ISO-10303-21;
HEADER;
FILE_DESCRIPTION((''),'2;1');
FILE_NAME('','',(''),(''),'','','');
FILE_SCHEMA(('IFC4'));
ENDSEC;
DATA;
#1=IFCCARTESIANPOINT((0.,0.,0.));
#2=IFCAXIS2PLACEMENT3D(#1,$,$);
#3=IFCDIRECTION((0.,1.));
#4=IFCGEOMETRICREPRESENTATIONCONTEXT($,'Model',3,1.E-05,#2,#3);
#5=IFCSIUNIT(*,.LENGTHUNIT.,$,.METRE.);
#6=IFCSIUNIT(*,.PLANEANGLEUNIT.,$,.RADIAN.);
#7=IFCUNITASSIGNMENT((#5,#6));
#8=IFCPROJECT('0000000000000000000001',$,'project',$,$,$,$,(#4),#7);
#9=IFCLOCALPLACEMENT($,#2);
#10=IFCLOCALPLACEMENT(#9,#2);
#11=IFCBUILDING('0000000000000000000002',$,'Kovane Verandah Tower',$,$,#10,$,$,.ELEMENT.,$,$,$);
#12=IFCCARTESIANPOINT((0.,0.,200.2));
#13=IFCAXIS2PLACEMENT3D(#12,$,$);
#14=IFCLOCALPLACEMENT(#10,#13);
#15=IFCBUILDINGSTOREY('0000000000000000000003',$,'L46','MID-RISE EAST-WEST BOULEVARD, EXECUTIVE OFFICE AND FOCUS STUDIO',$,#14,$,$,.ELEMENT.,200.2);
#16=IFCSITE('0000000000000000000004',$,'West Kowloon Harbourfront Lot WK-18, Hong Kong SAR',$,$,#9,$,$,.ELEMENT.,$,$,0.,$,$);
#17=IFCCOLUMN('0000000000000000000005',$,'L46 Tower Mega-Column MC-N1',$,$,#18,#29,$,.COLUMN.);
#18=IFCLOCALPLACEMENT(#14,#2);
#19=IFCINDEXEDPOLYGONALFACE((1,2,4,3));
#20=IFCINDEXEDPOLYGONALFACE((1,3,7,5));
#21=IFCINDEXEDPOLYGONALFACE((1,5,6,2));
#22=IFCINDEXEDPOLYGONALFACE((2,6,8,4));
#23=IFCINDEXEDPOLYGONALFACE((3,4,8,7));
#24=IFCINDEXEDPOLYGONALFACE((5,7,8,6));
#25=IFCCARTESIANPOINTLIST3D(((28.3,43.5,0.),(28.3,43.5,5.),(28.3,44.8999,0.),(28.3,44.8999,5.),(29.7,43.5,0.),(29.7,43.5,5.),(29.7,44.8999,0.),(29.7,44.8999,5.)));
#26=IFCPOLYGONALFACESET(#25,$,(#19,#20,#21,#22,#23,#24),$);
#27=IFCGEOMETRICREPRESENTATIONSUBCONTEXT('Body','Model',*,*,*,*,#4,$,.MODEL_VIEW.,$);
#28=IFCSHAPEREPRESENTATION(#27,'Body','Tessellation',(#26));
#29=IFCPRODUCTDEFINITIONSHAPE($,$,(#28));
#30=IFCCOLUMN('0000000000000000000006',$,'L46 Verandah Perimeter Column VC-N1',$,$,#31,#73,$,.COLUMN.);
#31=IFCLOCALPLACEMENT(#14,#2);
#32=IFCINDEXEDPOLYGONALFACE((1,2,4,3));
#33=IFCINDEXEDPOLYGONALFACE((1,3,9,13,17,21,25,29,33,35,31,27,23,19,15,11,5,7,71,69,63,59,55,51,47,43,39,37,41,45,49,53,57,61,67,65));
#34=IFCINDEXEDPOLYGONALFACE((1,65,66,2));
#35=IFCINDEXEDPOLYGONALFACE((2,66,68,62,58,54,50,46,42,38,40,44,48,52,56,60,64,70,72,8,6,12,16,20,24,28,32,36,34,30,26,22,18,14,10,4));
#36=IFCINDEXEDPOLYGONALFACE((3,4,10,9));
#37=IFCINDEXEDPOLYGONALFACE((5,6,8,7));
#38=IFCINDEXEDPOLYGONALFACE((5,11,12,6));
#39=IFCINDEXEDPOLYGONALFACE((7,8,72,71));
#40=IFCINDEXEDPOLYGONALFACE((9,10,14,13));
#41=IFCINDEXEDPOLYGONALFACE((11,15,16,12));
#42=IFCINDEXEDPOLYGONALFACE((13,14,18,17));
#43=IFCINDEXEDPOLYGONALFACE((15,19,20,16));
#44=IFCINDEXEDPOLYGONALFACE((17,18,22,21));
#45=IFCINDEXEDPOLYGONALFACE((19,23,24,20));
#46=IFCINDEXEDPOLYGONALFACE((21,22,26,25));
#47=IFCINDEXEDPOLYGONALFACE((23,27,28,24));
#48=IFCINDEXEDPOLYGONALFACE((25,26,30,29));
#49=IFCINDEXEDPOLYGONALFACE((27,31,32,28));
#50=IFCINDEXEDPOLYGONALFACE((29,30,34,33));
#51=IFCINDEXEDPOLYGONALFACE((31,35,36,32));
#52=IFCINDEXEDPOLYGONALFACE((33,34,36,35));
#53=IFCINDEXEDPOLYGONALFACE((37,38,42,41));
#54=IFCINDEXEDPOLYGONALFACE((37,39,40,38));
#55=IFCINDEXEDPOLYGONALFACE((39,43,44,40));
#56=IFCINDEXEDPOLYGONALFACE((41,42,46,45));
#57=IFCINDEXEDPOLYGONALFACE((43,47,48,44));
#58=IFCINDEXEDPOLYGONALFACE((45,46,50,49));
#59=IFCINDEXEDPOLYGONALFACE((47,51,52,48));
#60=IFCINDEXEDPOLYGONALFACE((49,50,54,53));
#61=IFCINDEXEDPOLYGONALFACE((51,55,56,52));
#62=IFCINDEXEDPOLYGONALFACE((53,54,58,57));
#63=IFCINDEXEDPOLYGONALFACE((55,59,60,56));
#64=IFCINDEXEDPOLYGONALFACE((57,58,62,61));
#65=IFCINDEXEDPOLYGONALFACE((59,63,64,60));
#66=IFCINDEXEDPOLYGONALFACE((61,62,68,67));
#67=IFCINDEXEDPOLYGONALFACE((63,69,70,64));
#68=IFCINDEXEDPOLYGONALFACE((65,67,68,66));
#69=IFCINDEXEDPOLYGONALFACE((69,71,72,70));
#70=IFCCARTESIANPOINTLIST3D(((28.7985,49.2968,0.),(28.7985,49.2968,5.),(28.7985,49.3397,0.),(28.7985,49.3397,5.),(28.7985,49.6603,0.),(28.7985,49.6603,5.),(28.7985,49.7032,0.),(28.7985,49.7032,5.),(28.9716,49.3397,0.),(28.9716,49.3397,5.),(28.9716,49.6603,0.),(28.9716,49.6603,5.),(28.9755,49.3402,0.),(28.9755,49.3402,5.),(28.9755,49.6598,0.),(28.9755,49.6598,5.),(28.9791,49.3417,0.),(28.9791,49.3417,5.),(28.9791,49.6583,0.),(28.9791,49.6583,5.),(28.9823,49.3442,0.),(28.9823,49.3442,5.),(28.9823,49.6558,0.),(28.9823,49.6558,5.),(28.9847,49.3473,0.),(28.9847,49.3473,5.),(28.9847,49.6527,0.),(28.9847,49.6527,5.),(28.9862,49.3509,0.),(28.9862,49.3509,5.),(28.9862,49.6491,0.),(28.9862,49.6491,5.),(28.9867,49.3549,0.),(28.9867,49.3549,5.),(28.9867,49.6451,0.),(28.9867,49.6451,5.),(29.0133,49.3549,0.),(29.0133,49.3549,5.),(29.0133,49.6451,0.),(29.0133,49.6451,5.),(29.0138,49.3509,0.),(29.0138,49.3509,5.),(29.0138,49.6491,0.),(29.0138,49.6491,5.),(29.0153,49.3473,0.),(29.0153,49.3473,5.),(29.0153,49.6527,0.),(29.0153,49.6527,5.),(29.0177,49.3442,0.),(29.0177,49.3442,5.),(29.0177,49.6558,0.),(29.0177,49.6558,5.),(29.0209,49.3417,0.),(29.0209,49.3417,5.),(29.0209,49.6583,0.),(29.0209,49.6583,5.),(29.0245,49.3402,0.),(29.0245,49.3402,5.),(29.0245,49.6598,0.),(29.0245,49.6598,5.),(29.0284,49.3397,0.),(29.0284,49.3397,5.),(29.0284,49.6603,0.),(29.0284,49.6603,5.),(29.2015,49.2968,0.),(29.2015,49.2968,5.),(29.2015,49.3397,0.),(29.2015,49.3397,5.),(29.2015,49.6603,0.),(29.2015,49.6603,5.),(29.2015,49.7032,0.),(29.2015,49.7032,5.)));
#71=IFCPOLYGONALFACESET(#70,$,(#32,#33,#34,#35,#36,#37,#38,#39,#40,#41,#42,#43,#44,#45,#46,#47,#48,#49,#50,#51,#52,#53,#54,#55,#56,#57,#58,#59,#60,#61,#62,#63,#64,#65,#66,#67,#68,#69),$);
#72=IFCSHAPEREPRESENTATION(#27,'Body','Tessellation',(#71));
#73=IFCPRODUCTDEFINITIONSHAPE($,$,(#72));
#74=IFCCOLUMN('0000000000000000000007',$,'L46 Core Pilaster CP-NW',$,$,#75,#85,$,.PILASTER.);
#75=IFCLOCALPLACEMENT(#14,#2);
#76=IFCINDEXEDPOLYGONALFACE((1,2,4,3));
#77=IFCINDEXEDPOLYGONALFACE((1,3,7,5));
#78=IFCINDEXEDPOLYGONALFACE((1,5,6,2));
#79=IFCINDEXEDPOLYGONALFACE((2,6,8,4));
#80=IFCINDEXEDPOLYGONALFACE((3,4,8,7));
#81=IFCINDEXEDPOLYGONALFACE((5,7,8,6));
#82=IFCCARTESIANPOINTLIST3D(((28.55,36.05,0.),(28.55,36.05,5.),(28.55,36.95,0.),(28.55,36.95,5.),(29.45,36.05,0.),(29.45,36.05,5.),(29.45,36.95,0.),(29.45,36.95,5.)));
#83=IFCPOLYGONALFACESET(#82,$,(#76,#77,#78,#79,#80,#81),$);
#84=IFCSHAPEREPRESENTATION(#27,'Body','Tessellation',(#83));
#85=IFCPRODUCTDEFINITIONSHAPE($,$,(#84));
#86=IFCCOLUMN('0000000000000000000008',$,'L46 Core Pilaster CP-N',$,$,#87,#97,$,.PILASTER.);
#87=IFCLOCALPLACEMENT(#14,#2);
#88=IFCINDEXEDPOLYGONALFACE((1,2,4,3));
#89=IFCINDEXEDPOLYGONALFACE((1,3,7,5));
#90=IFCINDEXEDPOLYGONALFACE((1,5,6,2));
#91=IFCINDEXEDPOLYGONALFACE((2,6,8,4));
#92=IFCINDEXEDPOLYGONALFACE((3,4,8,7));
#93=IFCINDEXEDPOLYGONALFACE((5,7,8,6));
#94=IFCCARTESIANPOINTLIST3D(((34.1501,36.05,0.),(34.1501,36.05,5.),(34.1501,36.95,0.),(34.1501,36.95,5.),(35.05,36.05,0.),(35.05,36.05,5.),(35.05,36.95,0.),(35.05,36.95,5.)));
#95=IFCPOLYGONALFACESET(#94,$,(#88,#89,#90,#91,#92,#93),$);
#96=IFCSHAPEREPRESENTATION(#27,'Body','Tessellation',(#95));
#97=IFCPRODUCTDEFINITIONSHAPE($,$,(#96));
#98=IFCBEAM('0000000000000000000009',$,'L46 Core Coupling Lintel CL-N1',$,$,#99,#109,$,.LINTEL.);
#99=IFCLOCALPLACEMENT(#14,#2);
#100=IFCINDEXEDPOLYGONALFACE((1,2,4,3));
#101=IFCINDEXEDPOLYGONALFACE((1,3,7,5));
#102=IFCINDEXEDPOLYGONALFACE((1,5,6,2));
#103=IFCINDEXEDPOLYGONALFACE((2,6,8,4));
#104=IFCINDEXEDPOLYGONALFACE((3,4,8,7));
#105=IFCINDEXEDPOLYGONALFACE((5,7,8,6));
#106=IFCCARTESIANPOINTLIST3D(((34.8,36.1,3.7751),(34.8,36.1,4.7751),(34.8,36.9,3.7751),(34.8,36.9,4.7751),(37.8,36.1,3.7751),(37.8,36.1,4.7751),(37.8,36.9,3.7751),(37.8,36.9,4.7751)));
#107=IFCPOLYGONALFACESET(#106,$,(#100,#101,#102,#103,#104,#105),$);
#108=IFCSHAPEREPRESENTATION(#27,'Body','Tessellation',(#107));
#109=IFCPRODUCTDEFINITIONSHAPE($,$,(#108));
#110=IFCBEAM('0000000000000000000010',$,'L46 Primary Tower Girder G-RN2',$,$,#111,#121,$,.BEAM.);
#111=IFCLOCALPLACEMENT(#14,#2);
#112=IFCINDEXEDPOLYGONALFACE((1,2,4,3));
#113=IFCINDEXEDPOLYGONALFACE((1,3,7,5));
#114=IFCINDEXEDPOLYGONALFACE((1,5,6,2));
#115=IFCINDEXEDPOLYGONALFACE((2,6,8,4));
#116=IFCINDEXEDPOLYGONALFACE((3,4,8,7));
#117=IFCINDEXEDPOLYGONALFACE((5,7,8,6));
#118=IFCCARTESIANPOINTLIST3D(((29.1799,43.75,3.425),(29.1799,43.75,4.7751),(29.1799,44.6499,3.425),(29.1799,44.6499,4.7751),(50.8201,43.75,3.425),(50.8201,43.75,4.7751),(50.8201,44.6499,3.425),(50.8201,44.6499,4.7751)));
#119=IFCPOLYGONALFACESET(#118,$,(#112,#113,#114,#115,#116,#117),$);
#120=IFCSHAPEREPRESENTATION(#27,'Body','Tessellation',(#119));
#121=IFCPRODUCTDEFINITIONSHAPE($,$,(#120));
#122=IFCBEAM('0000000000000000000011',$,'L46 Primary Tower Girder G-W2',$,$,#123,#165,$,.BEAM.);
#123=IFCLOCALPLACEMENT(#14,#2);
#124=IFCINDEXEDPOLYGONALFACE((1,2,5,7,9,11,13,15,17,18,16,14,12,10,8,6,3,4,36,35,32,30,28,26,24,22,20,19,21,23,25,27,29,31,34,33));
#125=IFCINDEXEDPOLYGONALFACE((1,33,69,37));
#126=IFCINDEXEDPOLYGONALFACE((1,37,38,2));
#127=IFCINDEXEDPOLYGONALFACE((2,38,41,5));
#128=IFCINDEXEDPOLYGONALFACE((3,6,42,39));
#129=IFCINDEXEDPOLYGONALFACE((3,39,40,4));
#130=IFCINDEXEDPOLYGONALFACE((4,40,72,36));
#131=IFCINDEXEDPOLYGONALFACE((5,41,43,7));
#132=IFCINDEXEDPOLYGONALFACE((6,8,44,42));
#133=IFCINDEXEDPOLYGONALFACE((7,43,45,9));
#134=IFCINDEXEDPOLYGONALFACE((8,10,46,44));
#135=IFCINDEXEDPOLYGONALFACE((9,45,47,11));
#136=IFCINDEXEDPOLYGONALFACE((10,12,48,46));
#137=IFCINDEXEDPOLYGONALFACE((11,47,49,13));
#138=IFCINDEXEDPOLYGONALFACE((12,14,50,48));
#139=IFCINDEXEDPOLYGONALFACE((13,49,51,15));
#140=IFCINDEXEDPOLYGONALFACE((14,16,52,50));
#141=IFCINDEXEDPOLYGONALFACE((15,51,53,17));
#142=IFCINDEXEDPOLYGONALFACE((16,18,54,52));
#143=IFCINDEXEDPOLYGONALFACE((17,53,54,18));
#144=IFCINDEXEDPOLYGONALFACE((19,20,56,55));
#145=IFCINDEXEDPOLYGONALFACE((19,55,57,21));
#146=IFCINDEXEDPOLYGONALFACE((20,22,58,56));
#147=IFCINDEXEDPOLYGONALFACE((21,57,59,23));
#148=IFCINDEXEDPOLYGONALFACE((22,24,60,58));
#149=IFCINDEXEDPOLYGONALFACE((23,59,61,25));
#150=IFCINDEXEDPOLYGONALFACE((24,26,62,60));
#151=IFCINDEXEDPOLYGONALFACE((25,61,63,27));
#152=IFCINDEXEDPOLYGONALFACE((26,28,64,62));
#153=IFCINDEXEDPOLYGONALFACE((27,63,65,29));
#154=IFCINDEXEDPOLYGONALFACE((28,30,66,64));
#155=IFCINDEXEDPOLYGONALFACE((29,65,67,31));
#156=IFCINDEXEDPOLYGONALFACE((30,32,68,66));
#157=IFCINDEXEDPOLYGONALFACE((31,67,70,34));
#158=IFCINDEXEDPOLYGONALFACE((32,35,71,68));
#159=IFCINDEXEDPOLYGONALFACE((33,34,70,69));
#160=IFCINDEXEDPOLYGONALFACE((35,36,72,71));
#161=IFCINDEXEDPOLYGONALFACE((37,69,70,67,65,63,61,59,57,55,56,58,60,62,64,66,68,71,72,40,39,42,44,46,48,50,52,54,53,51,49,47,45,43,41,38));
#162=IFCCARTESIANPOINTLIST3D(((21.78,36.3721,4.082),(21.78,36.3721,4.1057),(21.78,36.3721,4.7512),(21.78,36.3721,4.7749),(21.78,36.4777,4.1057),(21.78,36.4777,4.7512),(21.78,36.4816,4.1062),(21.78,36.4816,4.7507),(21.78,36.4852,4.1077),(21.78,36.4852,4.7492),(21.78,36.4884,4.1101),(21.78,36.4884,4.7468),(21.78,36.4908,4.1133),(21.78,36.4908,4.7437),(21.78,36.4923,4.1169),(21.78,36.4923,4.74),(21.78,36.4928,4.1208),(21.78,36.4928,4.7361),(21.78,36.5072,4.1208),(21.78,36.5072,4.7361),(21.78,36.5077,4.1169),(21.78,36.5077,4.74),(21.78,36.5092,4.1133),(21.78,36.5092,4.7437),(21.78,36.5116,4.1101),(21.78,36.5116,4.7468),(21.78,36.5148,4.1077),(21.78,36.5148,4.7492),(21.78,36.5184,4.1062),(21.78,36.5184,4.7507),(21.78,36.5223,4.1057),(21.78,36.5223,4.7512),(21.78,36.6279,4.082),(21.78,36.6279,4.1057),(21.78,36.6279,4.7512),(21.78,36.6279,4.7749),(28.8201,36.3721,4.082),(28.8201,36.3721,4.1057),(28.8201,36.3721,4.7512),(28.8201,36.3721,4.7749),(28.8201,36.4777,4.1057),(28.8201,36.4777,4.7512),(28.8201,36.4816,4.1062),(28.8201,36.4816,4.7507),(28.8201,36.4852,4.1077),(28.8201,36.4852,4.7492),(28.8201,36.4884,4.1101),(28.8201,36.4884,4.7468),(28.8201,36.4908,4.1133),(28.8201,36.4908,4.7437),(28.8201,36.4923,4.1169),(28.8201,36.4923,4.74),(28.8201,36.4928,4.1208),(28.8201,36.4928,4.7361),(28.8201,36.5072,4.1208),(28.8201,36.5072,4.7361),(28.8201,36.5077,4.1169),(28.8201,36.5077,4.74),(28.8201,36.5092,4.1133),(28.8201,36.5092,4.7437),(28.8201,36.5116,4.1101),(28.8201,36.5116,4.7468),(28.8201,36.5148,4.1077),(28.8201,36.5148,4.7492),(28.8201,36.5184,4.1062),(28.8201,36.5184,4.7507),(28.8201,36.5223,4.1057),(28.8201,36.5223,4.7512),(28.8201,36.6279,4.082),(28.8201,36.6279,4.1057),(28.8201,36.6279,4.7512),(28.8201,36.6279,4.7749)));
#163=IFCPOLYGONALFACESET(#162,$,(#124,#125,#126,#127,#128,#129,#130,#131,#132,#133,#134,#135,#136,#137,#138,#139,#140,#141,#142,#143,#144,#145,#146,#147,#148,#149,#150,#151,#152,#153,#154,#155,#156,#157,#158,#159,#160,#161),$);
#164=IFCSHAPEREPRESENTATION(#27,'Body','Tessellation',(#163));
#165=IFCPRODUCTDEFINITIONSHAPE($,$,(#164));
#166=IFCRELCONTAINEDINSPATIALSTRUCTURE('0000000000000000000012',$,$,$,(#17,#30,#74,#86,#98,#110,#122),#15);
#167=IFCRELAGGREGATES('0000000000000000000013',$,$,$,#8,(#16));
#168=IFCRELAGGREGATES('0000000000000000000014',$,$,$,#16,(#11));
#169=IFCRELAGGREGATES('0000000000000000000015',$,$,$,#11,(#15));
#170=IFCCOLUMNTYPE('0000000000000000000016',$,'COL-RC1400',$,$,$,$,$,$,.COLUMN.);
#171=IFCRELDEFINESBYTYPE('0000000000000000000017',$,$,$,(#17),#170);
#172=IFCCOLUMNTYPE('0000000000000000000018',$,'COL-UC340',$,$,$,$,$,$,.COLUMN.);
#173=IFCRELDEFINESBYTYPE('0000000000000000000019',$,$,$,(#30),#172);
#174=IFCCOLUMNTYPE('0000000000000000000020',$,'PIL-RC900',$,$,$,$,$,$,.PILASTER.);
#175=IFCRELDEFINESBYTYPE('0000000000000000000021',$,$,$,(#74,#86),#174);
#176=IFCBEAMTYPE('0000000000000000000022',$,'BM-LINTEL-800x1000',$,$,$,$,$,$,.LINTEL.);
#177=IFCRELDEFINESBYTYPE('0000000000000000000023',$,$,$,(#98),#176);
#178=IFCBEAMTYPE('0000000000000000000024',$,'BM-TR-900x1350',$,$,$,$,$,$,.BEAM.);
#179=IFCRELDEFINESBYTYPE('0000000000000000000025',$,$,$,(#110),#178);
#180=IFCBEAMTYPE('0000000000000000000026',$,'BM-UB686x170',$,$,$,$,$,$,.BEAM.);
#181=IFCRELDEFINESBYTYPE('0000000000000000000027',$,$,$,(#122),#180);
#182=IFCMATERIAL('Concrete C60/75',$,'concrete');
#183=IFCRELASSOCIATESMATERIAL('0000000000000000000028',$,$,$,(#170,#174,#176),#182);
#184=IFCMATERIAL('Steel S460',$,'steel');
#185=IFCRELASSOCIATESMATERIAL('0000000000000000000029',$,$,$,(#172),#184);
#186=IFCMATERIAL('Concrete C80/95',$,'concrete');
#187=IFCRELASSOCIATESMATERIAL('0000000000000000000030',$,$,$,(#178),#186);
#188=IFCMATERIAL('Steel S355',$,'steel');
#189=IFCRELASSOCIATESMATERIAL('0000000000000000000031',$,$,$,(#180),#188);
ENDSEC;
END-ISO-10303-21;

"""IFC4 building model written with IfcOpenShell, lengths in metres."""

from ifc_helpers import new_model, si_unit, direction, frame, origin, origin_2d, place, context, subcontext, project, spatial, rectangle, i_section, extrude, material, material_profile, profile_set, type_object, element, save


model = new_model("IFC4")

# Units and contexts
model_context = context("Model", 3, precision=1e-05, world=origin(), true_north=direction((0.0, 1.0)))
body_context = subcontext(model_context, "Body", "Model", "MODEL_VIEW")
ifc_project = project(units=[si_unit("LENGTHUNIT", "METRE"), si_unit("PLANEANGLEUNIT", "RADIAN")], contexts=[model_context])

# Site, building, storey
site_placement = place(None, origin())
site = spatial("IfcSite", under=ifc_project, at=site_placement, Name="West Kowloon Harbourfront Lot WK-18, Hong Kong SAR", CompositionType="ELEMENT", RefElevation=0.0)
building_placement = place(site_placement, origin())
building = spatial("IfcBuilding", under=site, at=building_placement, Name="Kovane Verandah Tower", CompositionType="ELEMENT")
storey_placement = place(building_placement, frame((0.0, 0.0, 200.2)))
storey = spatial("IfcBuildingStorey", under=building, at=storey_placement, Name="L46", Description="MID-RISE EAST-WEST BOULEVARD, EXECUTIVE OFFICE AND FOCUS STUDIO", CompositionType="ELEMENT", Elevation=200.2)

# Columns
ifc_material_1 = material(Name="Concrete C60/75", Category="concrete")
ifc_material_profile_1 = material_profile(ifc_material_1, rectangle(XDim=1.3999, YDim=1.3999, at=origin_2d()), Name="RC1400x1400")
ifc_profile_set_1 = profile_set([ifc_material_profile_1], Name="Concrete C60/75")
column_type_1 = type_object("IfcColumnType", Name="COL-RC1400", PredefinedType="COLUMN", material=ifc_profile_set_1)
column_1_placement = place(storey_placement, frame((29.0, 44.2, 0.0), z_axis=(0.0, 0.0, 1.0), x_axis=(1.0, 0.0, 0.0)))
element("IfcColumn", 1, at=column_1_placement, inside=storey, type_object=column_type_1, Name="L46 Tower Mega-Column MC-N1", PredefinedType="COLUMN", context=body_context, shape_type="SweptSolid", body=[
    extrude(rectangle(XDim=1.3999, YDim=1.3999, at=origin_2d()), origin(), (0.0, 0.0, 1.0), 5.0),
])
ifc_material_2 = material(Name="Steel S460", Category="steel")
ifc_material_profile_2 = material_profile(ifc_material_2, i_section(OverallWidth=0.4031, OverallDepth=0.4065, WebThickness=0.0266, FlangeThickness=0.043, FilletRadius=0.0151, at=origin_2d()), Name="UC356x406x340")
ifc_profile_set_2 = profile_set([ifc_material_profile_2], Name="Steel S460")
column_type_2 = type_object("IfcColumnType", Name="COL-UC340", PredefinedType="COLUMN", material=ifc_profile_set_2)
column_2_placement = place(storey_placement, frame((29.0, 49.5, 0.0), z_axis=(0.0, 0.0, 1.0), x_axis=(1.0, 0.0, 0.0)))
element("IfcColumn", 2, at=column_2_placement, inside=storey, type_object=column_type_2, Name="L46 Verandah Perimeter Column VC-N1", PredefinedType="COLUMN", context=body_context, shape_type="SweptSolid", body=[
    extrude(i_section(OverallWidth=0.4031, OverallDepth=0.4065, WebThickness=0.0266, FlangeThickness=0.043, FilletRadius=0.0151, at=origin_2d()), origin(), (0.0, 0.0, 1.0), 5.0),
])
ifc_material_profile_3 = material_profile(ifc_material_1, rectangle(XDim=0.8999, YDim=0.8999, at=origin_2d()), Name="RC900x900")
ifc_profile_set_3 = profile_set([ifc_material_profile_3], Name="Concrete C60/75")
column_type_3 = type_object("IfcColumnType", Name="PIL-RC900", PredefinedType="PILASTER", material=ifc_profile_set_3)
for number, where, z_axis, x_axis, name in (
    (3, (29.0, 36.5, 0.0), (0.0, 0.0, 1.0), (1.0, 0.0, 0.0), "L46 Core Pilaster CP-NW"),
    (4, (34.6001, 36.5, 0.0), (0.0, 0.0, 1.0), (1.0, 0.0, 0.0), "L46 Core Pilaster CP-N"),
):
    element("IfcColumn", number, at=place(storey_placement, frame(where, z_axis=z_axis, x_axis=x_axis)), inside=storey, type_object=column_type_3, Name=name, PredefinedType="PILASTER", context=body_context, shape_type="SweptSolid", body=[
        extrude(rectangle(XDim=0.8999, YDim=0.8999, at=origin_2d()), origin(), (0.0, 0.0, 1.0), 5.0),
    ])

# Beams
ifc_material_profile_4 = material_profile(ifc_material_1, rectangle(XDim=0.8, YDim=1.0, at=origin_2d()), Name="RCB800x1000")
ifc_profile_set_4 = profile_set([ifc_material_profile_4], Name="Concrete C60/75")
beam_type_1 = type_object("IfcBeamType", Name="BM-LINTEL-800x1000", PredefinedType="LINTEL", material=ifc_profile_set_4)
beam_1_placement = place(storey_placement, frame((34.8, 36.5, 4.2751), z_axis=(1.0, 0.0, 0.0), x_axis=(0.0, 1.0, 0.0)))
element("IfcBeam", 5, at=beam_1_placement, inside=storey, type_object=beam_type_1, Name="L46 Core Coupling Lintel CL-N1", PredefinedType="LINTEL", context=body_context, shape_type="SweptSolid", body=[
    extrude(rectangle(XDim=0.8, YDim=1.0, at=origin_2d()), origin(), (0.0, 0.0, 1.0), 3.0),
])
ifc_material_3 = material(Name="Concrete C80/95", Category="concrete")
ifc_material_profile_5 = material_profile(ifc_material_3, rectangle(XDim=0.8999, YDim=1.3501, at=origin_2d()), Name="RCB900x1350")
ifc_profile_set_5 = profile_set([ifc_material_profile_5], Name="Concrete C80/95")
beam_type_2 = type_object("IfcBeamType", Name="BM-TR-900x1350", PredefinedType="BEAM", material=ifc_profile_set_5)
beam_2_placement = place(storey_placement, frame((29.1799, 44.2, 4.1001), z_axis=(1.0, 0.0, 0.0), x_axis=(0.0, 1.0, 0.0)))
element("IfcBeam", 6, at=beam_2_placement, inside=storey, type_object=beam_type_2, Name="L46 Primary Tower Girder G-RN2", PredefinedType="BEAM", context=body_context, shape_type="SweptSolid", body=[
    extrude(rectangle(XDim=0.8999, YDim=1.3501, at=origin_2d()), origin(), (0.0, 0.0, 1.0), 21.6401),
])
ifc_material_4 = material(Name="Steel S355", Category="steel")
ifc_material_profile_6 = material_profile(ifc_material_4, i_section(OverallWidth=0.2559, OverallDepth=0.6929, WebThickness=0.0144, FlangeThickness=0.0237, FilletRadius=0.0151, at=origin_2d()), Name="UB686x254x170")
ifc_profile_set_6 = profile_set([ifc_material_profile_6], Name="Steel S355")
beam_type_3 = type_object("IfcBeamType", Name="BM-UB686x170", PredefinedType="BEAM", material=ifc_profile_set_6)
beam_3_placement = place(storey_placement, frame((28.8201, 36.5, 4.4285), z_axis=(-1.0, 0.0, 0.0), x_axis=(0.0, -1.0, 0.0)))
element("IfcBeam", 7, at=beam_3_placement, inside=storey, type_object=beam_type_3, Name="L46 Primary Tower Girder G-W2", PredefinedType="BEAM", context=body_context, shape_type="SweptSolid", body=[
    extrude(i_section(OverallWidth=0.2559, OverallDepth=0.6929, WebThickness=0.0144, FlangeThickness=0.0237, FilletRadius=0.0151, at=origin_2d()), origin(), (0.0, 0.0, 1.0), 7.04),
])

save(model, "model.ifc")
